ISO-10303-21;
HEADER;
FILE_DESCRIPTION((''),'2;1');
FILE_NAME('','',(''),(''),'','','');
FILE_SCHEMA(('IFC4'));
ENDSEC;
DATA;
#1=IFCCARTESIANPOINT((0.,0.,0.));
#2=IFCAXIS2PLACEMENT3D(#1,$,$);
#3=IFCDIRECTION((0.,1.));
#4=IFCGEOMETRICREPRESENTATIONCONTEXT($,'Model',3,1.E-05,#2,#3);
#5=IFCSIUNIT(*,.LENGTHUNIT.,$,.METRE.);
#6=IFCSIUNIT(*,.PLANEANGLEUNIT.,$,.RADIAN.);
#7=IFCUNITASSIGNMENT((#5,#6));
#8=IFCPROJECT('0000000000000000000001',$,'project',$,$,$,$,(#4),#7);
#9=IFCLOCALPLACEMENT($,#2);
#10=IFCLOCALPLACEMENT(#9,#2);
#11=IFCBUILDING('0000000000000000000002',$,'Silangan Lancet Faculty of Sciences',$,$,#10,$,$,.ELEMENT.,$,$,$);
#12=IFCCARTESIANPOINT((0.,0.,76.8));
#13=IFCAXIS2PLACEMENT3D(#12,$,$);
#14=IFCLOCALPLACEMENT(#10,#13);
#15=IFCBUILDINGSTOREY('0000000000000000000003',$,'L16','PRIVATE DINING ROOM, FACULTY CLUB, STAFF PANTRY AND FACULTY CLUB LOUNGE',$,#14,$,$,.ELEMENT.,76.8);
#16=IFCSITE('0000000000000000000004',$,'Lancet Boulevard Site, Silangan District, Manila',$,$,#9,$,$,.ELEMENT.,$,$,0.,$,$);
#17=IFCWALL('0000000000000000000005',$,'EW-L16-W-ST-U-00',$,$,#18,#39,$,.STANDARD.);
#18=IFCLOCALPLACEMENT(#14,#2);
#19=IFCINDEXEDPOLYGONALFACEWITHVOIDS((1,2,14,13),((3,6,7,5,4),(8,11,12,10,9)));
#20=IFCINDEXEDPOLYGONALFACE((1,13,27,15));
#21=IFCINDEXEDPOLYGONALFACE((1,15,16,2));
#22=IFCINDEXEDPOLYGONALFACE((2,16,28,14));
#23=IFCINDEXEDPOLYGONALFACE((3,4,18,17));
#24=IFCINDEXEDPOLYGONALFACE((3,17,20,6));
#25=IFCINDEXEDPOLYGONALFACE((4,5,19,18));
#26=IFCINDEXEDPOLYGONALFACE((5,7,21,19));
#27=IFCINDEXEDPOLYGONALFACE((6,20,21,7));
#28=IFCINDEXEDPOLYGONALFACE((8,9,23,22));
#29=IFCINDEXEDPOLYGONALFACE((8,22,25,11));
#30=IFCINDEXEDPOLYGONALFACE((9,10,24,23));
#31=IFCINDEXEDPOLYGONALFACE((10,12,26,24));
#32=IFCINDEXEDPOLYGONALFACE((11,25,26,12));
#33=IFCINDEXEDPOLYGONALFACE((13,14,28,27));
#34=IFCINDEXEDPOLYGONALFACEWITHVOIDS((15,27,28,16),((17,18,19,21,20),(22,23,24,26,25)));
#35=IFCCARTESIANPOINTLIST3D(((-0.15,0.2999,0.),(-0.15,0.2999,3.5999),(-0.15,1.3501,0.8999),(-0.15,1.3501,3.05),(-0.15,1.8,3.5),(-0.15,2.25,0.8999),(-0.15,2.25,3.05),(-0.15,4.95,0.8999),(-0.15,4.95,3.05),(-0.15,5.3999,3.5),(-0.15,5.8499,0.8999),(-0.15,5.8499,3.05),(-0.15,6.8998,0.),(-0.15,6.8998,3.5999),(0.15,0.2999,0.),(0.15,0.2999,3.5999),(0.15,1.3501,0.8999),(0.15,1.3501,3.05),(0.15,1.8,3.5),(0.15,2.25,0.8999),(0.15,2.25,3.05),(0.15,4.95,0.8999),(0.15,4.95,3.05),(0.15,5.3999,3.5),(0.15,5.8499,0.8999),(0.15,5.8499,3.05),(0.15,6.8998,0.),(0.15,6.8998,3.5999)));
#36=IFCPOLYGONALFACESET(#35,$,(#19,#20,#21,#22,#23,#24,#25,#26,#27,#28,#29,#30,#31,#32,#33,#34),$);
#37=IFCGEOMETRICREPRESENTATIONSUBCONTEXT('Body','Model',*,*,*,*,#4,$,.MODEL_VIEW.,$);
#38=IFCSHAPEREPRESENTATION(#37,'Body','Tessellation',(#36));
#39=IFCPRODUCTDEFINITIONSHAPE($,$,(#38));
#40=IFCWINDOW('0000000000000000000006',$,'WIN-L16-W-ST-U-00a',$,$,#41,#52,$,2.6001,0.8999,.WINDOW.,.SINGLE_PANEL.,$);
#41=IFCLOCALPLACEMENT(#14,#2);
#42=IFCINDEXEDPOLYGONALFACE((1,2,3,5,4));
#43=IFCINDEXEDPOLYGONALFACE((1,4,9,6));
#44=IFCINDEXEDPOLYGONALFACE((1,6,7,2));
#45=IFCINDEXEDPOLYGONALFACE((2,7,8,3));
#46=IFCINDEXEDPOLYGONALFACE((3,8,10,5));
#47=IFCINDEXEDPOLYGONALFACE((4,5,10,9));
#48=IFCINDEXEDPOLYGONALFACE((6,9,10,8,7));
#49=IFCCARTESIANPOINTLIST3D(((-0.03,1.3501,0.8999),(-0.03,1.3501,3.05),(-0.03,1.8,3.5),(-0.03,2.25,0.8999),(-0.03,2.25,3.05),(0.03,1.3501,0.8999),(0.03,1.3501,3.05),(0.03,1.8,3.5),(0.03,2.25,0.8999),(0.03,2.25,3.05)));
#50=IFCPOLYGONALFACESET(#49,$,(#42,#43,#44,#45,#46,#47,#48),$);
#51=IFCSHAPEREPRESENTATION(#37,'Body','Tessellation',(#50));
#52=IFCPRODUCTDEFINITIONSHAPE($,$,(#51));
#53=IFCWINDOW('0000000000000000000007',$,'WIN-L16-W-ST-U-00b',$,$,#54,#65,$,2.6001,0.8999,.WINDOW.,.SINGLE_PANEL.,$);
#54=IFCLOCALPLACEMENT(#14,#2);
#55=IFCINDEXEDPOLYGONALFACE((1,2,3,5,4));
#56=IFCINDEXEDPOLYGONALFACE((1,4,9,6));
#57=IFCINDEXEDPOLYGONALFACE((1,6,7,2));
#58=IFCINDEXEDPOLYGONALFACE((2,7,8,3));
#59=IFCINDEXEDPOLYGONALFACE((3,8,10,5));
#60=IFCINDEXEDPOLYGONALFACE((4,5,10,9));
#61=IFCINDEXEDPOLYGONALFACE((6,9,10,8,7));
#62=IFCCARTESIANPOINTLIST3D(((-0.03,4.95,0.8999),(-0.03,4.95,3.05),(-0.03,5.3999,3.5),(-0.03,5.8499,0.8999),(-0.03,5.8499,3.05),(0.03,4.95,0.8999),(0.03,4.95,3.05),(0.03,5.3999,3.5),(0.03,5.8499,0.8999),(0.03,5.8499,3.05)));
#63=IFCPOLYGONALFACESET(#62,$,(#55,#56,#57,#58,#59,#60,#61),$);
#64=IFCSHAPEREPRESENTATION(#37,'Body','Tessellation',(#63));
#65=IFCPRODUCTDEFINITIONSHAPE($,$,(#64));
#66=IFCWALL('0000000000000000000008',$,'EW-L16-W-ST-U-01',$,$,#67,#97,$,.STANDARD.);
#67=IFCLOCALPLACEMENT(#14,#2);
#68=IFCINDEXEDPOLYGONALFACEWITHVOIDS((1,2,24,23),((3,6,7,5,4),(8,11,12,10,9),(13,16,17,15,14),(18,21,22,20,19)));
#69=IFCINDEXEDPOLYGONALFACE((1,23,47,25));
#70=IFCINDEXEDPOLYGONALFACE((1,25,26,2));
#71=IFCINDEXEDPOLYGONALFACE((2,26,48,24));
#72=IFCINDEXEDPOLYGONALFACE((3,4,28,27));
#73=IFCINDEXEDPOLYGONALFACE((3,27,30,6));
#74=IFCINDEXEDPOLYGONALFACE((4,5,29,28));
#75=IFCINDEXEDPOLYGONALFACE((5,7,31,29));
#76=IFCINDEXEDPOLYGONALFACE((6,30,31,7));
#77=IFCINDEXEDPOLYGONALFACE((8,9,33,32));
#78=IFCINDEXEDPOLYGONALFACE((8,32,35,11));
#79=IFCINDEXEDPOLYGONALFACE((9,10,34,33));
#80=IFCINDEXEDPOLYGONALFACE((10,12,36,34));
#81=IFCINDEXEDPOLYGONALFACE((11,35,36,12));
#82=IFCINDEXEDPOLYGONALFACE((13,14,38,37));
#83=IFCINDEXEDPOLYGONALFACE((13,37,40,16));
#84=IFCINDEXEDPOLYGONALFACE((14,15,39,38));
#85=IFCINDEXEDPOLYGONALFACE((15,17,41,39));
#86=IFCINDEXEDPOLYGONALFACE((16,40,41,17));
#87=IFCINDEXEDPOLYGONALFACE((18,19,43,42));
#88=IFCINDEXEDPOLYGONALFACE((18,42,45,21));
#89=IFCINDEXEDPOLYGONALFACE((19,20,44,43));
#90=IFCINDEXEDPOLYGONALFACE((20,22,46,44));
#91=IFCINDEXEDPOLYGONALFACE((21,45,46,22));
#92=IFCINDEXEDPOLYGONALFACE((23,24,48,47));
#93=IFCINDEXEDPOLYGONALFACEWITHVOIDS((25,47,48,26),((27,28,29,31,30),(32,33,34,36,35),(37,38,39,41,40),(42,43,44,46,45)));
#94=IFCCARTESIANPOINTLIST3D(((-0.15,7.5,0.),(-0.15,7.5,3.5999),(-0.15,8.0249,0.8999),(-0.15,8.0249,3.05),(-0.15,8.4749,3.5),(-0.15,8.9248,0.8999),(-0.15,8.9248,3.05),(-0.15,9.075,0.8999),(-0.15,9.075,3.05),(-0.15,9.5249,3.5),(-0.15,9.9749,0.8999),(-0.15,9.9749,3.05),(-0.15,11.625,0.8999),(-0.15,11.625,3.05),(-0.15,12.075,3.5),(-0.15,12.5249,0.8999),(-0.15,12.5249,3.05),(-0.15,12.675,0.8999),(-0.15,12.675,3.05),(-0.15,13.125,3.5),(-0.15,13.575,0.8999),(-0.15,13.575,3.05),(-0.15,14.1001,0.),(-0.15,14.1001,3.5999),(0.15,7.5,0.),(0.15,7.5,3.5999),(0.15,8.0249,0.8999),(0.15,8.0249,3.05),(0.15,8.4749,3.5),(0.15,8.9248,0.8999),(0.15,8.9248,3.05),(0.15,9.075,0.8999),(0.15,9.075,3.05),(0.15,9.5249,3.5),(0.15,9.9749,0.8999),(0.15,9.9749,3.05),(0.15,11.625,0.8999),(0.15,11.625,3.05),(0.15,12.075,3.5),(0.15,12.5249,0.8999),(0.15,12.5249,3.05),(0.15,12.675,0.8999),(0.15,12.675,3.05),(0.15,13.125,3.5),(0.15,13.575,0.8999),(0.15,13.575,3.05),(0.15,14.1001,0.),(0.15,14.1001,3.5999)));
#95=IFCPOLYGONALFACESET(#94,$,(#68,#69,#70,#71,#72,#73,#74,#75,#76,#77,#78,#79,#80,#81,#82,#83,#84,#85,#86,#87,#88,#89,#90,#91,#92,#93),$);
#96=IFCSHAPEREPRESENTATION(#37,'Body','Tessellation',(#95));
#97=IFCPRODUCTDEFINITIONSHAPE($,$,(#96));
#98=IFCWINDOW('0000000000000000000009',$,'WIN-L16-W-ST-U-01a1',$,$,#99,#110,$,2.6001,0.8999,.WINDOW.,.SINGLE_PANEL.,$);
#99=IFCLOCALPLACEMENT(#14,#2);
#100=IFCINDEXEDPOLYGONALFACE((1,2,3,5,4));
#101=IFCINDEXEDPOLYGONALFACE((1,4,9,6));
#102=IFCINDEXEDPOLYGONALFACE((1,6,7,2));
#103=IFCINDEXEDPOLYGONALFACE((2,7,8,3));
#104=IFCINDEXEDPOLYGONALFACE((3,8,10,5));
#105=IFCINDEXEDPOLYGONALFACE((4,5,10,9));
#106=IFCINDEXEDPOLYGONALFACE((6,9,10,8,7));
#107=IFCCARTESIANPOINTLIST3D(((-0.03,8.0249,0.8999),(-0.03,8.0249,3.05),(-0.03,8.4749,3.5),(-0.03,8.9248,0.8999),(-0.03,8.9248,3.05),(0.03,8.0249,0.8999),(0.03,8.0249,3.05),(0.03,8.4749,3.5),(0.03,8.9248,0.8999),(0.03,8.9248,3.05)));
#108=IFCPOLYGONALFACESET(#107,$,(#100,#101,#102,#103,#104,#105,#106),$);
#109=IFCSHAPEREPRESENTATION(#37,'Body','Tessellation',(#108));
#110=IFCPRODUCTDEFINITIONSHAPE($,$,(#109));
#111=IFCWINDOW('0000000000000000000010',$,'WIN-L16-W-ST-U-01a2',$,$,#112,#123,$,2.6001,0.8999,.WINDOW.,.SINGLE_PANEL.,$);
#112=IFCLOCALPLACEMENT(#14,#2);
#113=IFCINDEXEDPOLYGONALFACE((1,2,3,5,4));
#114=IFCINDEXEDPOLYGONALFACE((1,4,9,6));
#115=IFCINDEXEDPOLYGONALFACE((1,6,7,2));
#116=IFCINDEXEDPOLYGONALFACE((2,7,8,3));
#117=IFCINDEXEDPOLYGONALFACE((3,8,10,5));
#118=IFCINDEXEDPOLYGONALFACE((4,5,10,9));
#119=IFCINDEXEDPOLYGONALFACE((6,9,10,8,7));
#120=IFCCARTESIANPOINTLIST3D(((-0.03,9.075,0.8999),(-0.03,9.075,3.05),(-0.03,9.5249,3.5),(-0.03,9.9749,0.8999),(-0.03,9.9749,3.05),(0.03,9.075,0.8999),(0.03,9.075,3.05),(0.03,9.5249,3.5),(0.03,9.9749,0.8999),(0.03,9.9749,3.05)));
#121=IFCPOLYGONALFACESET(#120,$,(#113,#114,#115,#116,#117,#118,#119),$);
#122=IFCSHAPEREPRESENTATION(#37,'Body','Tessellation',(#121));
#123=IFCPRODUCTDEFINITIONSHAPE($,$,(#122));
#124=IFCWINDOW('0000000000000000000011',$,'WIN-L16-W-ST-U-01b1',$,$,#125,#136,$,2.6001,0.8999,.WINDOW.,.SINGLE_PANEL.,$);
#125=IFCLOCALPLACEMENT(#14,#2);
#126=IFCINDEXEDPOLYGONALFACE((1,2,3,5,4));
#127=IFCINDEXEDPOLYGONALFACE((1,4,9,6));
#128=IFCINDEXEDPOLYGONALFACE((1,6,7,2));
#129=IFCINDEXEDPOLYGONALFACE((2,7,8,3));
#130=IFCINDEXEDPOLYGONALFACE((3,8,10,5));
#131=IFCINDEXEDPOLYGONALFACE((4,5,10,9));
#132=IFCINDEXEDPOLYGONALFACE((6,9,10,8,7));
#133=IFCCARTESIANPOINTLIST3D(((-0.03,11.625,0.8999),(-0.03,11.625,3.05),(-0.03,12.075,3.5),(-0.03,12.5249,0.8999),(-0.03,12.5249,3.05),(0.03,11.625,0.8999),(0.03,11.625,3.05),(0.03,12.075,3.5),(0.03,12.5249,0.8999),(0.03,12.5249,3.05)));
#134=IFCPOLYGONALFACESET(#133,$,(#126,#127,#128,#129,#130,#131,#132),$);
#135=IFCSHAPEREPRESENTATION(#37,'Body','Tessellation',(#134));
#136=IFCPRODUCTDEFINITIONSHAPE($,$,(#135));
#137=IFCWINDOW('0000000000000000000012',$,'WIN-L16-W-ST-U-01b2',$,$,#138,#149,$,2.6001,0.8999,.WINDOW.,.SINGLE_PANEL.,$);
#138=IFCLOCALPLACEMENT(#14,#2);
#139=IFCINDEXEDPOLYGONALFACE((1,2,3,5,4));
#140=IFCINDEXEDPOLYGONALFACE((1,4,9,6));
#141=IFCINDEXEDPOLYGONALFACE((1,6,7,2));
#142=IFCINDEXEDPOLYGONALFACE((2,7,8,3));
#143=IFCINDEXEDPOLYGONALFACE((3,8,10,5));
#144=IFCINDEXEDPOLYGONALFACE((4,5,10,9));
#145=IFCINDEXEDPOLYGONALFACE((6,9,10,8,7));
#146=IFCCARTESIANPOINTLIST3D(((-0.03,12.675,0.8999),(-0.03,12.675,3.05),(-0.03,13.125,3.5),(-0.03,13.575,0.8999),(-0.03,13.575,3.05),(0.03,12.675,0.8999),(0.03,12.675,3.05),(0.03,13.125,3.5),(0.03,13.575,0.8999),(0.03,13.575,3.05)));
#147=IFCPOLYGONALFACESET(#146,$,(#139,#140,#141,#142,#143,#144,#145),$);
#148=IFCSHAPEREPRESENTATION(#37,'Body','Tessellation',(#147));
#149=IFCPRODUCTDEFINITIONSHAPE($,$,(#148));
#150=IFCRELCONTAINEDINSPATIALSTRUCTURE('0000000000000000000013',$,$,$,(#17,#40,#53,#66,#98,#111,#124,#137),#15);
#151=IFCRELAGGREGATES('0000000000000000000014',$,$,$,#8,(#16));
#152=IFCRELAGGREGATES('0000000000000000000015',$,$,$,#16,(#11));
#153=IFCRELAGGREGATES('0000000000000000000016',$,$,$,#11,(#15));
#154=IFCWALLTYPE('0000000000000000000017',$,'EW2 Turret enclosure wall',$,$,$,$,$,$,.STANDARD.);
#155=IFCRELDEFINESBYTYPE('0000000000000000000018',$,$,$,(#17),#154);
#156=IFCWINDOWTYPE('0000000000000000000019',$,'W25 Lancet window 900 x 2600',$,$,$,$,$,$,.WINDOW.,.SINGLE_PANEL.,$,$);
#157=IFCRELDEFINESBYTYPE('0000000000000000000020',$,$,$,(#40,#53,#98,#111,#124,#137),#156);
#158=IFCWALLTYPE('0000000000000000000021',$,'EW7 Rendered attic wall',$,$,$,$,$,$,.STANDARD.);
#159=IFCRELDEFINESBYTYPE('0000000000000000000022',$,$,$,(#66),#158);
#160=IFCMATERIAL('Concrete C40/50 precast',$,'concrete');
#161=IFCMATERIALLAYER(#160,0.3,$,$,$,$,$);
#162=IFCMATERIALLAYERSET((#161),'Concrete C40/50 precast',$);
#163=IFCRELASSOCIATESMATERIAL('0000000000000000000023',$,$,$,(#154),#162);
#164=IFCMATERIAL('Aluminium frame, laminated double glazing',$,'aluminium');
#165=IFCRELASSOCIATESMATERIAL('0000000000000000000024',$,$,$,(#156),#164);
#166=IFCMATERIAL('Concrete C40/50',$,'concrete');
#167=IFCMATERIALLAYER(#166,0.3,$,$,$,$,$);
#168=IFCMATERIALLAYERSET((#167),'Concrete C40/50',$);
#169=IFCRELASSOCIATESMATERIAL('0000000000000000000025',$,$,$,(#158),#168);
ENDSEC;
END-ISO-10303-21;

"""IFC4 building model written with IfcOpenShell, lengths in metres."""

from ifc_helpers import new_model, si_unit, direction, frame, frame_2d, origin, place, context, subcontext, project, spatial, polyline, rectangle, outline, extrude, material, layer, layer_set, type_object, element, fill, save


model = new_model("IFC4")

# Units and contexts
model_context = context("Model", 3, precision=1e-05, world=origin(), true_north=direction((0.0, 1.0)))
body_context = subcontext(model_context, "Body", "Model", "MODEL_VIEW")
ifc_project = project(units=[si_unit("LENGTHUNIT", "METRE"), si_unit("PLANEANGLEUNIT", "RADIAN")], contexts=[model_context])

# Site, building, storey
site_placement = place(None, origin())
site = spatial("IfcSite", under=ifc_project, at=site_placement, Name="Lancet Boulevard Site, Silangan District, Manila", CompositionType="ELEMENT", RefElevation=0.0)
building_placement = place(site_placement, origin())
building = spatial("IfcBuilding", under=site, at=building_placement, Name="Silangan Lancet Faculty of Sciences", CompositionType="ELEMENT")
storey_placement = place(building_placement, frame((0.0, 0.0, 76.8)))
storey = spatial("IfcBuildingStorey", under=building, at=storey_placement, Name="L16", Description="PRIVATE DINING ROOM, FACULTY CLUB, STAFF PANTRY AND FACULTY CLUB LOUNGE", CompositionType="ELEMENT", Elevation=76.8)

# Walls, openings, windows
ifc_material_1 = material(Name="Concrete C40/50 precast", Category="concrete")
ifc_layer_1 = layer(ifc_material_1, 0.3)
ifc_layer_set_1 = layer_set([ifc_layer_1], Name="Concrete C40/50 precast")
wall_type_1 = type_object("IfcWallType", Name="EW2 Turret enclosure wall", PredefinedType="STANDARD", material=ifc_layer_set_1)
wall_1_placement = place(storey_placement, frame((0.0, 0.3, 0.0), z_axis=(0.0, 0.0, 1.0), x_axis=(0.0, 1.0, 0.0)))
wall_1 = element("IfcWall", 1, at=wall_1_placement, inside=storey, type_object=wall_type_1, Name="EW-L16-W-ST-U-00", PredefinedType="STANDARD", context=body_context, shape_type="SweptSolid", body=[
    extrude(rectangle(XDim=6.5999, YDim=0.3, at=frame_2d((3.2998, 0.0))), origin(), (0.0, 0.0, 1.0), 3.5999),
])
opening_1_placement = place(wall_1_placement, frame((1.05, 0.0, 0.8999)))
opening_1 = element("IfcOpeningElement", 2, at=opening_1_placement, cuts=wall_1, PredefinedType="OPENING", context=body_context, shape_type="SweptSolid", body=[
    extrude(outline(polyline([(0.0, 0.0), (0.8999, 0.0), (0.8999, 2.1501), (0.45, 2.6001), (0.0, 2.1501), (0.0, 0.0)])), frame((0.0, 0.1599, 0.0), z_axis=(0.0, -1.0, 0.0), x_axis=(1.0, 0.0, 0.0)), (0.0, 0.0, 1.0), 0.3201),
])
opening_2_placement = place(wall_1_placement, frame((4.6499, 0.0, 0.8999)))
opening_2 = element("IfcOpeningElement", 3, at=opening_2_placement, cuts=wall_1, PredefinedType="OPENING", context=body_context, shape_type="SweptSolid", body=[
    extrude(outline(polyline([(0.0, 0.0), (0.8999, 0.0), (0.8999, 2.1501), (0.45, 2.6001), (0.0, 2.1501), (0.0, 0.0)])), frame((0.0, 0.1599, 0.0), z_axis=(0.0, -1.0, 0.0), x_axis=(1.0, 0.0, 0.0)), (0.0, 0.0, 1.0), 0.3201),
])
ifc_material_2 = material(Name="Aluminium frame, laminated double glazing", Category="aluminium")
window_type = type_object("IfcWindowType", Name="W25 Lancet window 900 x 2600", PartitioningType="SINGLE_PANEL", PredefinedType="WINDOW", material=ifc_material_2)
window_1_placement = place(opening_1_placement, origin())
window_1 = element("IfcWindow", 4, at=window_1_placement, inside=storey, type_object=window_type, Name="WIN-L16-W-ST-U-00a", OverallHeight=2.6001, OverallWidth=0.8999, PartitioningType="SINGLE_PANEL", PredefinedType="WINDOW", context=body_context, shape_type="SweptSolid", body=[
    extrude(outline(polyline([(0.0, 0.0), (0.8999, 0.0), (0.8999, 2.1501), (0.45, 2.6001), (0.0, 2.1501), (0.0, 0.0)])), frame((0.0, 0.03, 0.0), z_axis=(0.0, -1.0, 0.0), x_axis=(1.0, 0.0, 0.0)), (0.0, 0.0, 1.0), 0.0601),
])
fill(opening_1, window_1)
window_2_placement = place(opening_2_placement, origin())
window_2 = element("IfcWindow", 5, at=window_2_placement, inside=storey, type_object=window_type, Name="WIN-L16-W-ST-U-00b", OverallHeight=2.6001, OverallWidth=0.8999, PartitioningType="SINGLE_PANEL", PredefinedType="WINDOW", context=body_context, shape_type="SweptSolid", body=[
    extrude(outline(polyline([(0.0, 0.0), (0.8999, 0.0), (0.8999, 2.1501), (0.45, 2.6001), (0.0, 2.1501), (0.0, 0.0)])), frame((0.0, 0.03, 0.0), z_axis=(0.0, -1.0, 0.0), x_axis=(1.0, 0.0, 0.0)), (0.0, 0.0, 1.0), 0.0601),
])
fill(opening_2, window_2)
ifc_material_3 = material(Name="Concrete C40/50", Category="concrete")
ifc_layer_2 = layer(ifc_material_3, 0.3)
ifc_layer_set_2 = layer_set([ifc_layer_2], Name="Concrete C40/50")
wall_type_2 = type_object("IfcWallType", Name="EW7 Rendered attic wall", PredefinedType="STANDARD", material=ifc_layer_set_2)
wall_2_placement = place(storey_placement, frame((0.0, 7.5, 0.0), z_axis=(0.0, 0.0, 1.0), x_axis=(0.0, 1.0, 0.0)))
wall_2 = element("IfcWall", 6, at=wall_2_placement, inside=storey, type_object=wall_type_2, Name="EW-L16-W-ST-U-01", PredefinedType="STANDARD", context=body_context, shape_type="SweptSolid", body=[
    extrude(rectangle(XDim=6.6001, YDim=0.3, at=frame_2d((3.3, 0.0))), origin(), (0.0, 0.0, 1.0), 3.5999),
])
opening_3_placement = place(wall_2_placement, frame((0.5249, 0.0, 0.8999)))
opening_3 = element("IfcOpeningElement", 7, at=opening_3_placement, cuts=wall_2, PredefinedType="OPENING", context=body_context, shape_type="SweptSolid", body=[
    extrude(outline(polyline([(0.0, 0.0), (0.8999, 0.0), (0.8999, 2.1501), (0.45, 2.6001), (0.0, 2.1501), (0.0, 0.0)])), frame((0.0, 0.1599, 0.0), z_axis=(0.0, -1.0, 0.0), x_axis=(1.0, 0.0, 0.0)), (0.0, 0.0, 1.0), 0.3201),
])
opening_4_placement = place(wall_2_placement, frame((1.575, 0.0, 0.8999)))
opening_4 = element("IfcOpeningElement", 8, at=opening_4_placement, cuts=wall_2, PredefinedType="OPENING", context=body_context, shape_type="SweptSolid", body=[
    extrude(outline(polyline([(0.0, 0.0), (0.8999, 0.0), (0.8999, 2.1501), (0.45, 2.6001), (0.0, 2.1501), (0.0, 0.0)])), frame((0.0, 0.1599, 0.0), z_axis=(0.0, -1.0, 0.0), x_axis=(1.0, 0.0, 0.0)), (0.0, 0.0, 1.0), 0.3201),
])
opening_5_placement = place(wall_2_placement, frame((4.125, 0.0, 0.8999)))
opening_5 = element("IfcOpeningElement", 9, at=opening_5_placement, cuts=wall_2, PredefinedType="OPENING", context=body_context, shape_type="SweptSolid", body=[
    extrude(outline(polyline([(0.0, 0.0), (0.8999, 0.0), (0.8999, 2.1501), (0.45, 2.6001), (0.0, 2.1501), (0.0, 0.0)])), frame((0.0, 0.1599, 0.0), z_axis=(0.0, -1.0, 0.0), x_axis=(1.0, 0.0, 0.0)), (0.0, 0.0, 1.0), 0.3201),
])
opening_6_placement = place(wall_2_placement, frame((5.175, 0.0, 0.8999)))
opening_6 = element("IfcOpeningElement", 10, at=opening_6_placement, cuts=wall_2, PredefinedType="OPENING", context=body_context, shape_type="SweptSolid", body=[
    extrude(outline(polyline([(0.0, 0.0), (0.8999, 0.0), (0.8999, 2.1501), (0.45, 2.6001), (0.0, 2.1501), (0.0, 0.0)])), frame((0.0, 0.1599, 0.0), z_axis=(0.0, -1.0, 0.0), x_axis=(1.0, 0.0, 0.0)), (0.0, 0.0, 1.0), 0.3201),
])
window_3_placement = place(opening_3_placement, origin())
window_3 = element("IfcWindow", 11, at=window_3_placement, inside=storey, type_object=window_type, Name="WIN-L16-W-ST-U-01a1", OverallHeight=2.6001, OverallWidth=0.8999, PartitioningType="SINGLE_PANEL", PredefinedType="WINDOW", context=body_context, shape_type="SweptSolid", body=[
    extrude(outline(polyline([(0.0, 0.0), (0.8999, 0.0), (0.8999, 2.1501), (0.45, 2.6001), (0.0, 2.1501), (0.0, 0.0)])), frame((0.0, 0.03, 0.0), z_axis=(0.0, -1.0, 0.0), x_axis=(1.0, 0.0, 0.0)), (0.0, 0.0, 1.0), 0.0601),
])
fill(opening_3, window_3)
window_4_placement = place(opening_4_placement, origin())
window_4 = element("IfcWindow", 12, at=window_4_placement, inside=storey, type_object=window_type, Name="WIN-L16-W-ST-U-01a2", OverallHeight=2.6001, OverallWidth=0.8999, PartitioningType="SINGLE_PANEL", PredefinedType="WINDOW", context=body_context, shape_type="SweptSolid", body=[
    extrude(outline(polyline([(0.0, 0.0), (0.8999, 0.0), (0.8999, 2.1501), (0.45, 2.6001), (0.0, 2.1501), (0.0, 0.0)])), frame((0.0, 0.03, 0.0), z_axis=(0.0, -1.0, 0.0), x_axis=(1.0, 0.0, 0.0)), (0.0, 0.0, 1.0), 0.0601),
])
fill(opening_4, window_4)
window_5_placement = place(opening_5_placement, origin())
window_5 = element("IfcWindow", 13, at=window_5_placement, inside=storey, type_object=window_type, Name="WIN-L16-W-ST-U-01b1", OverallHeight=2.6001, OverallWidth=0.8999, PartitioningType="SINGLE_PANEL", PredefinedType="WINDOW", context=body_context, shape_type="SweptSolid", body=[
    extrude(outline(polyline([(0.0, 0.0), (0.8999, 0.0), (0.8999, 2.1501), (0.45, 2.6001), (0.0, 2.1501), (0.0, 0.0)])), frame((0.0, 0.03, 0.0), z_axis=(0.0, -1.0, 0.0), x_axis=(1.0, 0.0, 0.0)), (0.0, 0.0, 1.0), 0.0601),
])
fill(opening_5, window_5)
window_6_placement = place(opening_6_placement, origin())
window_6 = element("IfcWindow", 14, at=window_6_placement, inside=storey, type_object=window_type, Name="WIN-L16-W-ST-U-01b2", OverallHeight=2.6001, OverallWidth=0.8999, PartitioningType="SINGLE_PANEL", PredefinedType="WINDOW", context=body_context, shape_type="SweptSolid", body=[
    extrude(outline(polyline([(0.0, 0.0), (0.8999, 0.0), (0.8999, 2.1501), (0.45, 2.6001), (0.0, 2.1501), (0.0, 0.0)])), frame((0.0, 0.03, 0.0), z_axis=(0.0, -1.0, 0.0), x_axis=(1.0, 0.0, 0.0)), (0.0, 0.0, 1.0), 0.0601),
])
fill(opening_6, window_6)

save(model, "model.ifc")
